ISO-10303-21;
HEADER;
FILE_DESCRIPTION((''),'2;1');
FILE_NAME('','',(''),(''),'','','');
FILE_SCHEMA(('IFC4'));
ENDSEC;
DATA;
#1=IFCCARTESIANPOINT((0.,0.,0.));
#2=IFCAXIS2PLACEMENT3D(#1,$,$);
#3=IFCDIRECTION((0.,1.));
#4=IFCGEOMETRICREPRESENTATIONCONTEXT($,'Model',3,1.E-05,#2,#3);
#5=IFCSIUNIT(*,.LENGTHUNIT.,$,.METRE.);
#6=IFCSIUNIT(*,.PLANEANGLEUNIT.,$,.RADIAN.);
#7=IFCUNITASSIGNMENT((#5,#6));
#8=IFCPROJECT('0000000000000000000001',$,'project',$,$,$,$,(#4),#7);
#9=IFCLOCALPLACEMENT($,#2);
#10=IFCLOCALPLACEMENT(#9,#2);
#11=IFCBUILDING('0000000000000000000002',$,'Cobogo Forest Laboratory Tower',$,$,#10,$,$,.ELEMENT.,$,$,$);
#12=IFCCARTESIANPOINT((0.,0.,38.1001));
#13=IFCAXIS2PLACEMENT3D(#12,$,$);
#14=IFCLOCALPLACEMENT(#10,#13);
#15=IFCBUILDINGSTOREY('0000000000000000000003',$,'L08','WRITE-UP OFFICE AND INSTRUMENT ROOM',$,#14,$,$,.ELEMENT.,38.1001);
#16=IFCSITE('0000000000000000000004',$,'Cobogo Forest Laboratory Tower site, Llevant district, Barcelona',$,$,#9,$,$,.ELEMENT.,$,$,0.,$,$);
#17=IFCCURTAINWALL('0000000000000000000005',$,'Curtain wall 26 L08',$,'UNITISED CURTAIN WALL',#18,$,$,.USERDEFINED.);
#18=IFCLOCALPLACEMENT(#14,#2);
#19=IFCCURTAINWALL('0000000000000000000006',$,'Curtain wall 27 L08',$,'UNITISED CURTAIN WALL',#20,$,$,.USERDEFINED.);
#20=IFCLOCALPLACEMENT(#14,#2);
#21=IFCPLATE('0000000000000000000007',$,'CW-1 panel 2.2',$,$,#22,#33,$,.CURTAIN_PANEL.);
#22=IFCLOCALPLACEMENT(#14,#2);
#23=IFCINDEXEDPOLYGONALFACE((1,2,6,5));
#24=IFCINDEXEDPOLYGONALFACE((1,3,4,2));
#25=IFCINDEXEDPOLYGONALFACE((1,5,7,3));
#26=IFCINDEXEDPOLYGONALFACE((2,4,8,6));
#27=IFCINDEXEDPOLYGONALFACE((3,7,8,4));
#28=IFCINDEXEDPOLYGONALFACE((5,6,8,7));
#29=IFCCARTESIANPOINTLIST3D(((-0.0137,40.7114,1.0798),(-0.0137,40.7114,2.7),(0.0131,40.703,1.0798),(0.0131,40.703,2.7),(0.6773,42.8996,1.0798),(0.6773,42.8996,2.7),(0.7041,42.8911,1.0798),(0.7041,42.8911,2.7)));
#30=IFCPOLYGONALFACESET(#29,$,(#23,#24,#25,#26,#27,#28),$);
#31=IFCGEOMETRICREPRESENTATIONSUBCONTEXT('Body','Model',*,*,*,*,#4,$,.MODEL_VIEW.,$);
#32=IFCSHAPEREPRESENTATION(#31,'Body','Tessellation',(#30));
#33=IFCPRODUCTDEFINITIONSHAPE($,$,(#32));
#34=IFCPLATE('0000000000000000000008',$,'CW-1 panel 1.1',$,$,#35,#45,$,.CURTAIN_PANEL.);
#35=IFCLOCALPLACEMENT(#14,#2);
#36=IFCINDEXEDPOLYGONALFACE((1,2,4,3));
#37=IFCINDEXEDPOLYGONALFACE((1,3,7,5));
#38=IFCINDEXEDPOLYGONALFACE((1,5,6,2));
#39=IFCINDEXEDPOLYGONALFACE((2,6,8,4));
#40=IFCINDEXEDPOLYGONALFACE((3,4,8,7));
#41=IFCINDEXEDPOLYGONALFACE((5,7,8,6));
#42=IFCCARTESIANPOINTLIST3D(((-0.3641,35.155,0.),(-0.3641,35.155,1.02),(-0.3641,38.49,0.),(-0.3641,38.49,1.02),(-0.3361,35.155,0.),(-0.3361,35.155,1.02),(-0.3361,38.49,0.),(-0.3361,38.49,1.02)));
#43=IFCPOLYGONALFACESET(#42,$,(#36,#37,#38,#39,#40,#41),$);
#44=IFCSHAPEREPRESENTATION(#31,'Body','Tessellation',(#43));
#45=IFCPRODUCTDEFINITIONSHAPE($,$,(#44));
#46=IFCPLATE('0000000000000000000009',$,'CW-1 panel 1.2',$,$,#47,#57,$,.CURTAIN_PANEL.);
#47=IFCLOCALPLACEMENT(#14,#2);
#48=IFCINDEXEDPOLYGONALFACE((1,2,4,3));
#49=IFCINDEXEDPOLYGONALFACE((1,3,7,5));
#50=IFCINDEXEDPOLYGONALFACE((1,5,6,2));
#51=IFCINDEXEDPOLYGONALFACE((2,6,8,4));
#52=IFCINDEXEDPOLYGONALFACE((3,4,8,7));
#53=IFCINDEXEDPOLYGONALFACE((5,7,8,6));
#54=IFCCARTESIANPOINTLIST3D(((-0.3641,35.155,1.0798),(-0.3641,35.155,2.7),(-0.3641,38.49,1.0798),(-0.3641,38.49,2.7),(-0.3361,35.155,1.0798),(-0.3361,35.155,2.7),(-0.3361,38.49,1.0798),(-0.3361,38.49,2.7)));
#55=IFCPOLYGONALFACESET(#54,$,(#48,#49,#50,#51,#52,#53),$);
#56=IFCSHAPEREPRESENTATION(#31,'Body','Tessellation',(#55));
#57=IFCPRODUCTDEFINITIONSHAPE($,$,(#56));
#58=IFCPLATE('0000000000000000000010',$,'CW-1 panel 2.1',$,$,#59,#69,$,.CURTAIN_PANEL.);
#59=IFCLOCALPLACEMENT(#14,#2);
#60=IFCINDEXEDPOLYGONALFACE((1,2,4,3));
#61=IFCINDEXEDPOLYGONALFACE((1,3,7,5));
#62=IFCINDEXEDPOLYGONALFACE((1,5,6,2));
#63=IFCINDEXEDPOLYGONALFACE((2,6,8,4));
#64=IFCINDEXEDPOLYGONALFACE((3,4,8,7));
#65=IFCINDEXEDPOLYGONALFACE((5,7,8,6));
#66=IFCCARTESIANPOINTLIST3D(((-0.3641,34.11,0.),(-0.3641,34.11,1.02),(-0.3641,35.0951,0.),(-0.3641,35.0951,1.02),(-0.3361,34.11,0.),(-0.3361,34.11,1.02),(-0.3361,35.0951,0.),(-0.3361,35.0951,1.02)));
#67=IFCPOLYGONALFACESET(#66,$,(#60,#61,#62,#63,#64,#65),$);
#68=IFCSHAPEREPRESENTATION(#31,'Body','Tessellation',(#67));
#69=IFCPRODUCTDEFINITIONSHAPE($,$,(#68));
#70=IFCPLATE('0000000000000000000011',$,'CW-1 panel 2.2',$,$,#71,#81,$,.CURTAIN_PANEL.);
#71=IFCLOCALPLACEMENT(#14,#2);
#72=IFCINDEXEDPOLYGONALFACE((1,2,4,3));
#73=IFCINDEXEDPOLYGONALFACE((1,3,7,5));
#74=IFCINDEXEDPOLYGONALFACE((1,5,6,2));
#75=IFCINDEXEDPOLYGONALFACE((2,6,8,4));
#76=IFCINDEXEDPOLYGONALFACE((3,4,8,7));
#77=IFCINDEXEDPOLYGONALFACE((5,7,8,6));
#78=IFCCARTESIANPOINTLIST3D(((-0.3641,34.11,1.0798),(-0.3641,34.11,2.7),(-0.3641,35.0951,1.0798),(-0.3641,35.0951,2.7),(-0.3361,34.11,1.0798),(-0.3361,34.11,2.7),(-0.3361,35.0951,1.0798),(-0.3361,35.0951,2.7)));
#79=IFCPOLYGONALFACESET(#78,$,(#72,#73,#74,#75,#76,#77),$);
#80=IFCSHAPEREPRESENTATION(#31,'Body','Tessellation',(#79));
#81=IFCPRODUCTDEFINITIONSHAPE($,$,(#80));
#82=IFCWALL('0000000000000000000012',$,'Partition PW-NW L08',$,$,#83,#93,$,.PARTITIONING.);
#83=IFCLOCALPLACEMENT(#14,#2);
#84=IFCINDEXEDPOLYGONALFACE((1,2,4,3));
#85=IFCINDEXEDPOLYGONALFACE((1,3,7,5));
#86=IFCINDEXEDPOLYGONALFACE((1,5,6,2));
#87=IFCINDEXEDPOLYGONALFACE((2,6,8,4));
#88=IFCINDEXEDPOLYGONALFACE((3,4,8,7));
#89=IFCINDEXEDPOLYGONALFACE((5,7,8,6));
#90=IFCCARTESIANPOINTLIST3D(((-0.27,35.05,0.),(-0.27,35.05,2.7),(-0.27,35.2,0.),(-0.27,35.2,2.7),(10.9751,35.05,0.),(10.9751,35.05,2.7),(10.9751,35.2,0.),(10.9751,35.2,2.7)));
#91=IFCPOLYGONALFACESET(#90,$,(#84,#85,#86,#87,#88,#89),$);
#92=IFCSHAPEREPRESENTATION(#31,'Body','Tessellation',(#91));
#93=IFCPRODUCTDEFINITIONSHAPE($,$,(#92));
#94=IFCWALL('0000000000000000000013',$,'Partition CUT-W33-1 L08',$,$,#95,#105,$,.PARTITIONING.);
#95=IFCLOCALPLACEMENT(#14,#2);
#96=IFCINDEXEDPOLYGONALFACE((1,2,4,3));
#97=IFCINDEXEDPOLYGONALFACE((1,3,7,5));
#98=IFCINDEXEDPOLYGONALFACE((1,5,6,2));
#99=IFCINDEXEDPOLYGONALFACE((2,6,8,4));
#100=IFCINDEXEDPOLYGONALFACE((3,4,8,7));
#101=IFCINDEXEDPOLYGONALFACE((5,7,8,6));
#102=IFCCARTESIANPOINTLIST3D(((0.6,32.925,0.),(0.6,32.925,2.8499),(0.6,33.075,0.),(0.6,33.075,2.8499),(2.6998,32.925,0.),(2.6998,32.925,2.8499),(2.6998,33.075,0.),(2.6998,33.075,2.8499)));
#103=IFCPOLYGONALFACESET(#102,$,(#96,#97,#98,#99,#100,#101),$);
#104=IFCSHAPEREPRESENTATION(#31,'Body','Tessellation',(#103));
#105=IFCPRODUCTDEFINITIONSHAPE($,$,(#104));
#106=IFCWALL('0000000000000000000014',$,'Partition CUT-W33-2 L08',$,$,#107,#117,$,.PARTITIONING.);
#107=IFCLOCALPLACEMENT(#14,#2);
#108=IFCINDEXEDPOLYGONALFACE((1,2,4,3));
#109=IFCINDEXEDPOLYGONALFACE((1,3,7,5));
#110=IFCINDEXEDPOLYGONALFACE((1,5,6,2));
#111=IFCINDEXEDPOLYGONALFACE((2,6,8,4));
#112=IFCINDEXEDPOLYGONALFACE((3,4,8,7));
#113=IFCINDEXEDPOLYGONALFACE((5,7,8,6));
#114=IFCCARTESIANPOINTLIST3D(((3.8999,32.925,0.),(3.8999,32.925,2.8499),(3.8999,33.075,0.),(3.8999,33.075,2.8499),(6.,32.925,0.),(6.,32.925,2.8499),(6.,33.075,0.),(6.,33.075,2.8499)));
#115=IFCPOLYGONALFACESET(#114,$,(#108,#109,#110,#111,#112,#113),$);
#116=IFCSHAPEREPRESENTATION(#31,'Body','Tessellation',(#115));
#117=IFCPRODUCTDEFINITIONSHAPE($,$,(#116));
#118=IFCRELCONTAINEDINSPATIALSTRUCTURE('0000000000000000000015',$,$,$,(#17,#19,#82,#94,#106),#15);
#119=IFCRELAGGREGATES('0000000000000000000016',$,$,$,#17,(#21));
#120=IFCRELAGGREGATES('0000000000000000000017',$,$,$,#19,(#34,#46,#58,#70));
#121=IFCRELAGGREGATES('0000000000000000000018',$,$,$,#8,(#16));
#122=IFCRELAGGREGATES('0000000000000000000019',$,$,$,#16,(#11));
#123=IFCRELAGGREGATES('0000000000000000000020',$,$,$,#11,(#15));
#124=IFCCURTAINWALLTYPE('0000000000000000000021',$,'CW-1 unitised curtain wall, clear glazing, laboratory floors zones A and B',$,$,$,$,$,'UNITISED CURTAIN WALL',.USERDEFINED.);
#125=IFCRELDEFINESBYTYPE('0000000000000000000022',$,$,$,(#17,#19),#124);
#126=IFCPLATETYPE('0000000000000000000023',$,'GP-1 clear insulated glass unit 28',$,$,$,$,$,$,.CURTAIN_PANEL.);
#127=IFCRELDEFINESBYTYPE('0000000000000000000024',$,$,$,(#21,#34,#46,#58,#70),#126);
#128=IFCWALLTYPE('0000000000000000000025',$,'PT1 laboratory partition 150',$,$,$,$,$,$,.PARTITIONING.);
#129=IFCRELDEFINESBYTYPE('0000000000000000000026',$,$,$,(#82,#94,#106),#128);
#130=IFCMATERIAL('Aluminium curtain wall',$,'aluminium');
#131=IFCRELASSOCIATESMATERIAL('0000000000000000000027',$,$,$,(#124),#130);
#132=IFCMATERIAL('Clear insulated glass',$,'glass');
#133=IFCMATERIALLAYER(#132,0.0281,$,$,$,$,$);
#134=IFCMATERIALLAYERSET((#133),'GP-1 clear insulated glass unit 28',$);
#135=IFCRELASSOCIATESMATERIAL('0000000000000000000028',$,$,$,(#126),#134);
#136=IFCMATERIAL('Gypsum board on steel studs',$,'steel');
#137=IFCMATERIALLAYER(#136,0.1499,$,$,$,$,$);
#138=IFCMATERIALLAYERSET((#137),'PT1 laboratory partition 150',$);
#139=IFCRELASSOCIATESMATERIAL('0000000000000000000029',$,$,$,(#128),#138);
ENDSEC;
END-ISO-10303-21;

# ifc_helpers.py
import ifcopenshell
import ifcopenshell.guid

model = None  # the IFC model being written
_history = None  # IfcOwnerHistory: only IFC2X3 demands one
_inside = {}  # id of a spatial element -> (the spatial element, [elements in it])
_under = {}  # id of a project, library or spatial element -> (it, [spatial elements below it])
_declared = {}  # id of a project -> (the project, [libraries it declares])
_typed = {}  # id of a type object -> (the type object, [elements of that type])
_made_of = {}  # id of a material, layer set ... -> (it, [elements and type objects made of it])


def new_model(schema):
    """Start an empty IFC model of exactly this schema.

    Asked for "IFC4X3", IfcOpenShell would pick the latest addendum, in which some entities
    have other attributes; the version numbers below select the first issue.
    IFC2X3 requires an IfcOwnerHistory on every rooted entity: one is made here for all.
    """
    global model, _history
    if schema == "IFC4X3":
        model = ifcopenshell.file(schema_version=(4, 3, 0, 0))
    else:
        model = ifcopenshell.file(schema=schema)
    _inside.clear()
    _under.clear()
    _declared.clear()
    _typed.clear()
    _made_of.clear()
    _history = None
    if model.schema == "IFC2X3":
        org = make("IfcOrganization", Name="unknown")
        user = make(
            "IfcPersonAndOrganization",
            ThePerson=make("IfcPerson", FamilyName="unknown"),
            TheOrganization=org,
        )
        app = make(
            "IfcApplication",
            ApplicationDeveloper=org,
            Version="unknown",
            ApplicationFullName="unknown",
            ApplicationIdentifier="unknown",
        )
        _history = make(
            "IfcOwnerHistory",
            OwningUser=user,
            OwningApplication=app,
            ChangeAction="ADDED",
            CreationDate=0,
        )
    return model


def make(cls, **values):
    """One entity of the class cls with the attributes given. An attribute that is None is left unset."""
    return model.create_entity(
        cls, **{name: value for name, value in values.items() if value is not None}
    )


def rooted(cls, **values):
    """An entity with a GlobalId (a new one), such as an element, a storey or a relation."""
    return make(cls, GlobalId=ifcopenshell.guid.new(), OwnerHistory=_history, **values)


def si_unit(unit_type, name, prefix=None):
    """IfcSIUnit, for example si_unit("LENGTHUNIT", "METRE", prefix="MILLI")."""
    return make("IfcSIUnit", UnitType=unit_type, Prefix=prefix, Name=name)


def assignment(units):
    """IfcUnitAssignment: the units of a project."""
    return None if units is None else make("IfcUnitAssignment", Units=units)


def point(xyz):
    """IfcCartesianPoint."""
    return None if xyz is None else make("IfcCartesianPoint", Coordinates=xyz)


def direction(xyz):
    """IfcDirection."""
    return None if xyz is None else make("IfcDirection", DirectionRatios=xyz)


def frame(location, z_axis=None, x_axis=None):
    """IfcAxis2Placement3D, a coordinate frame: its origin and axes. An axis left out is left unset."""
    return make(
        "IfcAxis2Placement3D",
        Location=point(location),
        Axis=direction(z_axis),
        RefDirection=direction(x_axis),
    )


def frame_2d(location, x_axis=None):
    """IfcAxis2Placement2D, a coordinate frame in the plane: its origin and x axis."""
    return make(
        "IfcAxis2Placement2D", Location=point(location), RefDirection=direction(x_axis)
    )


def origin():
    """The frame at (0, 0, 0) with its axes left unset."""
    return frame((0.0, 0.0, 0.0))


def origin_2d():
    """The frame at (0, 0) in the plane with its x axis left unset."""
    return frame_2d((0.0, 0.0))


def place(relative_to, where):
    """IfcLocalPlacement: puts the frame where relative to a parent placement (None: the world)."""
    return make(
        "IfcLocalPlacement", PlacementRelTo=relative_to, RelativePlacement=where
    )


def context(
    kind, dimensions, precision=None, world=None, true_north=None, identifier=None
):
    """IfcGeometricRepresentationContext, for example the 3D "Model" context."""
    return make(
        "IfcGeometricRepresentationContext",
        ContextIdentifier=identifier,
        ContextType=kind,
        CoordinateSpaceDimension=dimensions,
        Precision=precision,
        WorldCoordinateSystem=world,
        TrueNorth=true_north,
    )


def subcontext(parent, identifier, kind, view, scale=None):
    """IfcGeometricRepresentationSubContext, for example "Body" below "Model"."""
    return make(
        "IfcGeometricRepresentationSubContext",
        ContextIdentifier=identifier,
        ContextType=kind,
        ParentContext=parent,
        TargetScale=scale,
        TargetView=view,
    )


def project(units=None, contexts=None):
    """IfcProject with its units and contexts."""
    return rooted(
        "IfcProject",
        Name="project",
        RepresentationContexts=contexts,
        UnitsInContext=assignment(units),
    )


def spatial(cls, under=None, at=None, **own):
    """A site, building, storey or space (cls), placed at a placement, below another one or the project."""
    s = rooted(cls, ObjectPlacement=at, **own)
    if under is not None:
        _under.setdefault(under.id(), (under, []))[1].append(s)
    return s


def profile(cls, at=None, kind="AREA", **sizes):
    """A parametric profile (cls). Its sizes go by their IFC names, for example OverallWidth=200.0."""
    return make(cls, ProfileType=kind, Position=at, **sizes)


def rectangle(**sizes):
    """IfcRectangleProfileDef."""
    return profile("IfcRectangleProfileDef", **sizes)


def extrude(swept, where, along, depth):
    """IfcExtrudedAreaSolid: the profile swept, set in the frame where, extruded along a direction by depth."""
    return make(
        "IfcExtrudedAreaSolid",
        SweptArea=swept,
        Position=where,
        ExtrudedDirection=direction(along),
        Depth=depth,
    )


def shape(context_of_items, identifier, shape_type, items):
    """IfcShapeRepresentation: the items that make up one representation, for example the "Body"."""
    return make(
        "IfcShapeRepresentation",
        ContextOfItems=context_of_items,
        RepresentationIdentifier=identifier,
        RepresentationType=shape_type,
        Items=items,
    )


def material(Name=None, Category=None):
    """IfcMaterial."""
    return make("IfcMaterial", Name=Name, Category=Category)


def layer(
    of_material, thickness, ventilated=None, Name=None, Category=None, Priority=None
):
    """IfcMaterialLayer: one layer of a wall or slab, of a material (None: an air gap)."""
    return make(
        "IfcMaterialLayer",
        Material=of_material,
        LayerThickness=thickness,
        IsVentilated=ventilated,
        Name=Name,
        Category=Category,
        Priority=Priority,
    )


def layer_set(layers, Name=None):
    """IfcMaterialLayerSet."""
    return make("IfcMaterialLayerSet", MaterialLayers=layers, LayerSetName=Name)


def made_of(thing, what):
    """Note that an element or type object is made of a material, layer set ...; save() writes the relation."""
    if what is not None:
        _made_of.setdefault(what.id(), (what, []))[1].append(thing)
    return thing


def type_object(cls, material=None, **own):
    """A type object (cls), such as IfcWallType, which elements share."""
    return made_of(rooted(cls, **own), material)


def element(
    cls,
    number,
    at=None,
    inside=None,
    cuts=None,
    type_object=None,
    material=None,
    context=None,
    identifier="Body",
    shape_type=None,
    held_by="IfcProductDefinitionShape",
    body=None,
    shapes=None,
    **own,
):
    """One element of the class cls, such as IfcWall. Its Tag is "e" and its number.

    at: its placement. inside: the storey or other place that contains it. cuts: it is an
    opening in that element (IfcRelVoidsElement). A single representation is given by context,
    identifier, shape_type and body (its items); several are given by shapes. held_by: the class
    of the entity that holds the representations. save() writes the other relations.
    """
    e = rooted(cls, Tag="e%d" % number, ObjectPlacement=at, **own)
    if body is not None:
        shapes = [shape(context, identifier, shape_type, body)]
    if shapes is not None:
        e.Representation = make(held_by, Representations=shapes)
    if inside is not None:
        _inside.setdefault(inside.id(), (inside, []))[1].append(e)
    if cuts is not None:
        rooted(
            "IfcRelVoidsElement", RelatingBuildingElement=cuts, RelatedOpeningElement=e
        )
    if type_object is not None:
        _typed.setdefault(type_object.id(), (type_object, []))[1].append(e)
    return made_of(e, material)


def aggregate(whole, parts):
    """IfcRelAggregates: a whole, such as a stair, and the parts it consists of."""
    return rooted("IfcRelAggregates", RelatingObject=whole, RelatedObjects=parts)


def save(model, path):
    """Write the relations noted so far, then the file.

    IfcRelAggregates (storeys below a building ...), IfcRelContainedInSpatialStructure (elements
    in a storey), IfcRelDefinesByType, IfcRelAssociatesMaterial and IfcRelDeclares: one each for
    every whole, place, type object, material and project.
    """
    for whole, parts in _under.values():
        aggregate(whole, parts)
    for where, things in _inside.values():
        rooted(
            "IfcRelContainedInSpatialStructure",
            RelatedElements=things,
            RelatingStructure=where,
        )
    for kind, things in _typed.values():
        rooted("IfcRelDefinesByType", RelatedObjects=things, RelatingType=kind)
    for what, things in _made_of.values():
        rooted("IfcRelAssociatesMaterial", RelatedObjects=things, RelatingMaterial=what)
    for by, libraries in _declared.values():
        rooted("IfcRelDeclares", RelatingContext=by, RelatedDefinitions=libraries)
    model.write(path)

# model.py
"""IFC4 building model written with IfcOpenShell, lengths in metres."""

from ifc_helpers import new_model, si_unit, direction, frame, frame_2d, origin, origin_2d, place, context, subcontext, project, spatial, rectangle, extrude, material, layer, layer_set, type_object, element, aggregate, save


model = new_model("IFC4")

# Units and contexts
model_context = context("Model", 3, precision=1e-05, world=origin(), true_north=direction((0.0, 1.0)))
body_context = subcontext(model_context, "Body", "Model", "MODEL_VIEW")
ifc_project = project(units=[si_unit("LENGTHUNIT", "METRE"), si_unit("PLANEANGLEUNIT", "RADIAN")], contexts=[model_context])

# Site, building, storey
site_placement = place(None, origin())
site = spatial("IfcSite", under=ifc_project, at=site_placement, Name="Cobogo Forest Laboratory Tower site, Llevant district, Barcelona", CompositionType="ELEMENT", RefElevation=0.0)
building_placement = place(site_placement, origin())
building = spatial("IfcBuilding", under=site, at=building_placement, Name="Cobogo Forest Laboratory Tower", CompositionType="ELEMENT")
storey_placement = place(building_placement, frame((0.0, 0.0, 38.1001)))
storey = spatial("IfcBuildingStorey", under=building, at=storey_placement, Name="L08", Description="WRITE-UP OFFICE AND INSTRUMENT ROOM", CompositionType="ELEMENT", Elevation=38.1001)

# Curtain walls
ifc_material_1 = material(Name="Aluminium curtain wall", Category="aluminium")
curtain_wall_type = type_object("IfcCurtainWallType", Name="CW-1 unitised curtain wall, clear glazing, laboratory floors zones A and B", ElementType="UNITISED CURTAIN WALL", PredefinedType="USERDEFINED", material=ifc_material_1)
curtain_wall_1_placement = place(storey_placement, origin())
curtain_wall_1 = element("IfcCurtainWall", 1, at=curtain_wall_1_placement, inside=storey, type_object=curtain_wall_type, Name="Curtain wall 26 L08", ObjectType="UNITISED CURTAIN WALL", PredefinedType="USERDEFINED")
curtain_wall_2_placement = place(storey_placement, origin())
curtain_wall_2 = element("IfcCurtainWall", 2, at=curtain_wall_2_placement, inside=storey, type_object=curtain_wall_type, Name="Curtain wall 27 L08", ObjectType="UNITISED CURTAIN WALL", PredefinedType="USERDEFINED")

# Plates
ifc_material_2 = material(Name="Clear insulated glass", Category="glass")
ifc_layer_1 = layer(ifc_material_2, 0.0281)
ifc_layer_set_1 = layer_set([ifc_layer_1], Name="GP-1 clear insulated glass unit 28")
plate_type_1 = type_object("IfcPlateType", Name="GP-1 clear insulated glass unit 28", PredefinedType="CURTAIN_PANEL", material=ifc_layer_set_1)
plate_1_placement = place(storey_placement, frame((0.3452, 41.8013, 1.0798), z_axis=(0.0, 0.0, 1.0), x_axis=(-0.301135, -0.953581, 0.0)))
plate_1 = element("IfcPlate", 3, at=plate_1_placement, type_object=plate_type_1, Name="CW-1 panel 2.2", PredefinedType="CURTAIN_PANEL", context=body_context, shape_type="SweptSolid", body=[
    extrude(rectangle(XDim=2.2947, YDim=0.0281, at=origin_2d()), origin(), (0.0, 0.0, 1.0), 1.6201),
])
aggregate(curtain_wall_1, [plate_1])
plate_2_placement = place(storey_placement, frame((-0.3501, 36.8225, 0.0), z_axis=(0.0, 0.0, 1.0), x_axis=(0.0, -1.0, 0.0)))
plate_2 = element("IfcPlate", 4, at=plate_2_placement, type_object=plate_type_1, Name="CW-1 panel 1.1", PredefinedType="CURTAIN_PANEL", context=body_context, shape_type="SweptSolid", body=[
    extrude(rectangle(XDim=3.335, YDim=0.0281, at=origin_2d()), origin(), (0.0, 0.0, 1.0), 1.02),
])
plate_3_placement = place(storey_placement, frame((-0.3501, 36.8225, 1.0798), z_axis=(0.0, 0.0, 1.0), x_axis=(0.0, -1.0, 0.0)))
plate_3 = element("IfcPlate", 5, at=plate_3_placement, type_object=plate_type_1, Name="CW-1 panel 1.2", PredefinedType="CURTAIN_PANEL", context=body_context, shape_type="SweptSolid", body=[
    extrude(rectangle(XDim=3.335, YDim=0.0281, at=origin_2d()), origin(), (0.0, 0.0, 1.0), 1.6201),
])
plate_4_placement = place(storey_placement, frame((-0.3501, 34.6025, 0.0), z_axis=(0.0, 0.0, 1.0), x_axis=(0.0, -1.0, 0.0)))
plate_4 = element("IfcPlate", 6, at=plate_4_placement, type_object=plate_type_1, Name="CW-1 panel 2.1", PredefinedType="CURTAIN_PANEL", context=body_context, shape_type="SweptSolid", body=[
    extrude(rectangle(XDim=0.9851, YDim=0.0281, at=origin_2d()), origin(), (0.0, 0.0, 1.0), 1.02),
])
plate_5_placement = place(storey_placement, frame((-0.3501, 34.6025, 1.0798), z_axis=(0.0, 0.0, 1.0), x_axis=(0.0, -1.0, 0.0)))
plate_5 = element("IfcPlate", 7, at=plate_5_placement, type_object=plate_type_1, Name="CW-1 panel 2.2", PredefinedType="CURTAIN_PANEL", context=body_context, shape_type="SweptSolid", body=[
    extrude(rectangle(XDim=0.9851, YDim=0.0281, at=origin_2d()), origin(), (0.0, 0.0, 1.0), 1.6201),
])
aggregate(curtain_wall_2, [plate_2, plate_3, plate_4, plate_5])

# Walls
ifc_material_3 = material(Name="Gypsum board on steel studs", Category="steel")
ifc_layer_2 = layer(ifc_material_3, 0.1499)
ifc_layer_set_2 = layer_set([ifc_layer_2], Name="PT1 laboratory partition 150")
wall_type = type_object("IfcWallType", Name="PT1 laboratory partition 150", PredefinedType="PARTITIONING", material=ifc_layer_set_2)
wall_1_placement = place(storey_placement, frame((-0.27, 35.125, 0.0), z_axis=(0.0, 0.0, 1.0), x_axis=(1.0, 0.0, 0.0)))
element("IfcWall", 8, at=wall_1_placement, inside=storey, type_object=wall_type, Name="Partition PW-NW L08", PredefinedType="PARTITIONING", context=body_context, shape_type="SweptSolid", body=[
    extrude(rectangle(XDim=11.2451, YDim=0.1499, at=frame_2d((5.6226, 0.0))), origin(), (0.0, 0.0, 1.0), 2.7),
])
wall_2_placement = place(storey_placement, frame((0.6001, 33.0, 0.0), z_axis=(0.0, 0.0, 1.0), x_axis=(1.0, 0.0, 0.0)))
element("IfcWall", 9, at=wall_2_placement, inside=storey, type_object=wall_type, Name="Partition CUT-W33-1 L08", PredefinedType="PARTITIONING", context=body_context, shape_type="SweptSolid", body=[
    extrude(rectangle(XDim=2.0999, YDim=0.1499, at=frame_2d((1.0498, 0.0))), origin(), (0.0, 0.0, 1.0), 2.8499),
])
wall_3_placement = place(storey_placement, frame((3.8999, 33.0, 0.0), z_axis=(0.0, 0.0, 1.0), x_axis=(1.0, 0.0, 0.0)))
element("IfcWall", 10, at=wall_3_placement, inside=storey, type_object=wall_type, Name="Partition CUT-W33-2 L08", PredefinedType="PARTITIONING", context=body_context, shape_type="SweptSolid", body=[
    extrude(rectangle(XDim=2.1001, YDim=0.1499, at=frame_2d((1.05, 0.0))), origin(), (0.0, 0.0, 1.0), 2.8499),
])

save(model, "model.ifc")
